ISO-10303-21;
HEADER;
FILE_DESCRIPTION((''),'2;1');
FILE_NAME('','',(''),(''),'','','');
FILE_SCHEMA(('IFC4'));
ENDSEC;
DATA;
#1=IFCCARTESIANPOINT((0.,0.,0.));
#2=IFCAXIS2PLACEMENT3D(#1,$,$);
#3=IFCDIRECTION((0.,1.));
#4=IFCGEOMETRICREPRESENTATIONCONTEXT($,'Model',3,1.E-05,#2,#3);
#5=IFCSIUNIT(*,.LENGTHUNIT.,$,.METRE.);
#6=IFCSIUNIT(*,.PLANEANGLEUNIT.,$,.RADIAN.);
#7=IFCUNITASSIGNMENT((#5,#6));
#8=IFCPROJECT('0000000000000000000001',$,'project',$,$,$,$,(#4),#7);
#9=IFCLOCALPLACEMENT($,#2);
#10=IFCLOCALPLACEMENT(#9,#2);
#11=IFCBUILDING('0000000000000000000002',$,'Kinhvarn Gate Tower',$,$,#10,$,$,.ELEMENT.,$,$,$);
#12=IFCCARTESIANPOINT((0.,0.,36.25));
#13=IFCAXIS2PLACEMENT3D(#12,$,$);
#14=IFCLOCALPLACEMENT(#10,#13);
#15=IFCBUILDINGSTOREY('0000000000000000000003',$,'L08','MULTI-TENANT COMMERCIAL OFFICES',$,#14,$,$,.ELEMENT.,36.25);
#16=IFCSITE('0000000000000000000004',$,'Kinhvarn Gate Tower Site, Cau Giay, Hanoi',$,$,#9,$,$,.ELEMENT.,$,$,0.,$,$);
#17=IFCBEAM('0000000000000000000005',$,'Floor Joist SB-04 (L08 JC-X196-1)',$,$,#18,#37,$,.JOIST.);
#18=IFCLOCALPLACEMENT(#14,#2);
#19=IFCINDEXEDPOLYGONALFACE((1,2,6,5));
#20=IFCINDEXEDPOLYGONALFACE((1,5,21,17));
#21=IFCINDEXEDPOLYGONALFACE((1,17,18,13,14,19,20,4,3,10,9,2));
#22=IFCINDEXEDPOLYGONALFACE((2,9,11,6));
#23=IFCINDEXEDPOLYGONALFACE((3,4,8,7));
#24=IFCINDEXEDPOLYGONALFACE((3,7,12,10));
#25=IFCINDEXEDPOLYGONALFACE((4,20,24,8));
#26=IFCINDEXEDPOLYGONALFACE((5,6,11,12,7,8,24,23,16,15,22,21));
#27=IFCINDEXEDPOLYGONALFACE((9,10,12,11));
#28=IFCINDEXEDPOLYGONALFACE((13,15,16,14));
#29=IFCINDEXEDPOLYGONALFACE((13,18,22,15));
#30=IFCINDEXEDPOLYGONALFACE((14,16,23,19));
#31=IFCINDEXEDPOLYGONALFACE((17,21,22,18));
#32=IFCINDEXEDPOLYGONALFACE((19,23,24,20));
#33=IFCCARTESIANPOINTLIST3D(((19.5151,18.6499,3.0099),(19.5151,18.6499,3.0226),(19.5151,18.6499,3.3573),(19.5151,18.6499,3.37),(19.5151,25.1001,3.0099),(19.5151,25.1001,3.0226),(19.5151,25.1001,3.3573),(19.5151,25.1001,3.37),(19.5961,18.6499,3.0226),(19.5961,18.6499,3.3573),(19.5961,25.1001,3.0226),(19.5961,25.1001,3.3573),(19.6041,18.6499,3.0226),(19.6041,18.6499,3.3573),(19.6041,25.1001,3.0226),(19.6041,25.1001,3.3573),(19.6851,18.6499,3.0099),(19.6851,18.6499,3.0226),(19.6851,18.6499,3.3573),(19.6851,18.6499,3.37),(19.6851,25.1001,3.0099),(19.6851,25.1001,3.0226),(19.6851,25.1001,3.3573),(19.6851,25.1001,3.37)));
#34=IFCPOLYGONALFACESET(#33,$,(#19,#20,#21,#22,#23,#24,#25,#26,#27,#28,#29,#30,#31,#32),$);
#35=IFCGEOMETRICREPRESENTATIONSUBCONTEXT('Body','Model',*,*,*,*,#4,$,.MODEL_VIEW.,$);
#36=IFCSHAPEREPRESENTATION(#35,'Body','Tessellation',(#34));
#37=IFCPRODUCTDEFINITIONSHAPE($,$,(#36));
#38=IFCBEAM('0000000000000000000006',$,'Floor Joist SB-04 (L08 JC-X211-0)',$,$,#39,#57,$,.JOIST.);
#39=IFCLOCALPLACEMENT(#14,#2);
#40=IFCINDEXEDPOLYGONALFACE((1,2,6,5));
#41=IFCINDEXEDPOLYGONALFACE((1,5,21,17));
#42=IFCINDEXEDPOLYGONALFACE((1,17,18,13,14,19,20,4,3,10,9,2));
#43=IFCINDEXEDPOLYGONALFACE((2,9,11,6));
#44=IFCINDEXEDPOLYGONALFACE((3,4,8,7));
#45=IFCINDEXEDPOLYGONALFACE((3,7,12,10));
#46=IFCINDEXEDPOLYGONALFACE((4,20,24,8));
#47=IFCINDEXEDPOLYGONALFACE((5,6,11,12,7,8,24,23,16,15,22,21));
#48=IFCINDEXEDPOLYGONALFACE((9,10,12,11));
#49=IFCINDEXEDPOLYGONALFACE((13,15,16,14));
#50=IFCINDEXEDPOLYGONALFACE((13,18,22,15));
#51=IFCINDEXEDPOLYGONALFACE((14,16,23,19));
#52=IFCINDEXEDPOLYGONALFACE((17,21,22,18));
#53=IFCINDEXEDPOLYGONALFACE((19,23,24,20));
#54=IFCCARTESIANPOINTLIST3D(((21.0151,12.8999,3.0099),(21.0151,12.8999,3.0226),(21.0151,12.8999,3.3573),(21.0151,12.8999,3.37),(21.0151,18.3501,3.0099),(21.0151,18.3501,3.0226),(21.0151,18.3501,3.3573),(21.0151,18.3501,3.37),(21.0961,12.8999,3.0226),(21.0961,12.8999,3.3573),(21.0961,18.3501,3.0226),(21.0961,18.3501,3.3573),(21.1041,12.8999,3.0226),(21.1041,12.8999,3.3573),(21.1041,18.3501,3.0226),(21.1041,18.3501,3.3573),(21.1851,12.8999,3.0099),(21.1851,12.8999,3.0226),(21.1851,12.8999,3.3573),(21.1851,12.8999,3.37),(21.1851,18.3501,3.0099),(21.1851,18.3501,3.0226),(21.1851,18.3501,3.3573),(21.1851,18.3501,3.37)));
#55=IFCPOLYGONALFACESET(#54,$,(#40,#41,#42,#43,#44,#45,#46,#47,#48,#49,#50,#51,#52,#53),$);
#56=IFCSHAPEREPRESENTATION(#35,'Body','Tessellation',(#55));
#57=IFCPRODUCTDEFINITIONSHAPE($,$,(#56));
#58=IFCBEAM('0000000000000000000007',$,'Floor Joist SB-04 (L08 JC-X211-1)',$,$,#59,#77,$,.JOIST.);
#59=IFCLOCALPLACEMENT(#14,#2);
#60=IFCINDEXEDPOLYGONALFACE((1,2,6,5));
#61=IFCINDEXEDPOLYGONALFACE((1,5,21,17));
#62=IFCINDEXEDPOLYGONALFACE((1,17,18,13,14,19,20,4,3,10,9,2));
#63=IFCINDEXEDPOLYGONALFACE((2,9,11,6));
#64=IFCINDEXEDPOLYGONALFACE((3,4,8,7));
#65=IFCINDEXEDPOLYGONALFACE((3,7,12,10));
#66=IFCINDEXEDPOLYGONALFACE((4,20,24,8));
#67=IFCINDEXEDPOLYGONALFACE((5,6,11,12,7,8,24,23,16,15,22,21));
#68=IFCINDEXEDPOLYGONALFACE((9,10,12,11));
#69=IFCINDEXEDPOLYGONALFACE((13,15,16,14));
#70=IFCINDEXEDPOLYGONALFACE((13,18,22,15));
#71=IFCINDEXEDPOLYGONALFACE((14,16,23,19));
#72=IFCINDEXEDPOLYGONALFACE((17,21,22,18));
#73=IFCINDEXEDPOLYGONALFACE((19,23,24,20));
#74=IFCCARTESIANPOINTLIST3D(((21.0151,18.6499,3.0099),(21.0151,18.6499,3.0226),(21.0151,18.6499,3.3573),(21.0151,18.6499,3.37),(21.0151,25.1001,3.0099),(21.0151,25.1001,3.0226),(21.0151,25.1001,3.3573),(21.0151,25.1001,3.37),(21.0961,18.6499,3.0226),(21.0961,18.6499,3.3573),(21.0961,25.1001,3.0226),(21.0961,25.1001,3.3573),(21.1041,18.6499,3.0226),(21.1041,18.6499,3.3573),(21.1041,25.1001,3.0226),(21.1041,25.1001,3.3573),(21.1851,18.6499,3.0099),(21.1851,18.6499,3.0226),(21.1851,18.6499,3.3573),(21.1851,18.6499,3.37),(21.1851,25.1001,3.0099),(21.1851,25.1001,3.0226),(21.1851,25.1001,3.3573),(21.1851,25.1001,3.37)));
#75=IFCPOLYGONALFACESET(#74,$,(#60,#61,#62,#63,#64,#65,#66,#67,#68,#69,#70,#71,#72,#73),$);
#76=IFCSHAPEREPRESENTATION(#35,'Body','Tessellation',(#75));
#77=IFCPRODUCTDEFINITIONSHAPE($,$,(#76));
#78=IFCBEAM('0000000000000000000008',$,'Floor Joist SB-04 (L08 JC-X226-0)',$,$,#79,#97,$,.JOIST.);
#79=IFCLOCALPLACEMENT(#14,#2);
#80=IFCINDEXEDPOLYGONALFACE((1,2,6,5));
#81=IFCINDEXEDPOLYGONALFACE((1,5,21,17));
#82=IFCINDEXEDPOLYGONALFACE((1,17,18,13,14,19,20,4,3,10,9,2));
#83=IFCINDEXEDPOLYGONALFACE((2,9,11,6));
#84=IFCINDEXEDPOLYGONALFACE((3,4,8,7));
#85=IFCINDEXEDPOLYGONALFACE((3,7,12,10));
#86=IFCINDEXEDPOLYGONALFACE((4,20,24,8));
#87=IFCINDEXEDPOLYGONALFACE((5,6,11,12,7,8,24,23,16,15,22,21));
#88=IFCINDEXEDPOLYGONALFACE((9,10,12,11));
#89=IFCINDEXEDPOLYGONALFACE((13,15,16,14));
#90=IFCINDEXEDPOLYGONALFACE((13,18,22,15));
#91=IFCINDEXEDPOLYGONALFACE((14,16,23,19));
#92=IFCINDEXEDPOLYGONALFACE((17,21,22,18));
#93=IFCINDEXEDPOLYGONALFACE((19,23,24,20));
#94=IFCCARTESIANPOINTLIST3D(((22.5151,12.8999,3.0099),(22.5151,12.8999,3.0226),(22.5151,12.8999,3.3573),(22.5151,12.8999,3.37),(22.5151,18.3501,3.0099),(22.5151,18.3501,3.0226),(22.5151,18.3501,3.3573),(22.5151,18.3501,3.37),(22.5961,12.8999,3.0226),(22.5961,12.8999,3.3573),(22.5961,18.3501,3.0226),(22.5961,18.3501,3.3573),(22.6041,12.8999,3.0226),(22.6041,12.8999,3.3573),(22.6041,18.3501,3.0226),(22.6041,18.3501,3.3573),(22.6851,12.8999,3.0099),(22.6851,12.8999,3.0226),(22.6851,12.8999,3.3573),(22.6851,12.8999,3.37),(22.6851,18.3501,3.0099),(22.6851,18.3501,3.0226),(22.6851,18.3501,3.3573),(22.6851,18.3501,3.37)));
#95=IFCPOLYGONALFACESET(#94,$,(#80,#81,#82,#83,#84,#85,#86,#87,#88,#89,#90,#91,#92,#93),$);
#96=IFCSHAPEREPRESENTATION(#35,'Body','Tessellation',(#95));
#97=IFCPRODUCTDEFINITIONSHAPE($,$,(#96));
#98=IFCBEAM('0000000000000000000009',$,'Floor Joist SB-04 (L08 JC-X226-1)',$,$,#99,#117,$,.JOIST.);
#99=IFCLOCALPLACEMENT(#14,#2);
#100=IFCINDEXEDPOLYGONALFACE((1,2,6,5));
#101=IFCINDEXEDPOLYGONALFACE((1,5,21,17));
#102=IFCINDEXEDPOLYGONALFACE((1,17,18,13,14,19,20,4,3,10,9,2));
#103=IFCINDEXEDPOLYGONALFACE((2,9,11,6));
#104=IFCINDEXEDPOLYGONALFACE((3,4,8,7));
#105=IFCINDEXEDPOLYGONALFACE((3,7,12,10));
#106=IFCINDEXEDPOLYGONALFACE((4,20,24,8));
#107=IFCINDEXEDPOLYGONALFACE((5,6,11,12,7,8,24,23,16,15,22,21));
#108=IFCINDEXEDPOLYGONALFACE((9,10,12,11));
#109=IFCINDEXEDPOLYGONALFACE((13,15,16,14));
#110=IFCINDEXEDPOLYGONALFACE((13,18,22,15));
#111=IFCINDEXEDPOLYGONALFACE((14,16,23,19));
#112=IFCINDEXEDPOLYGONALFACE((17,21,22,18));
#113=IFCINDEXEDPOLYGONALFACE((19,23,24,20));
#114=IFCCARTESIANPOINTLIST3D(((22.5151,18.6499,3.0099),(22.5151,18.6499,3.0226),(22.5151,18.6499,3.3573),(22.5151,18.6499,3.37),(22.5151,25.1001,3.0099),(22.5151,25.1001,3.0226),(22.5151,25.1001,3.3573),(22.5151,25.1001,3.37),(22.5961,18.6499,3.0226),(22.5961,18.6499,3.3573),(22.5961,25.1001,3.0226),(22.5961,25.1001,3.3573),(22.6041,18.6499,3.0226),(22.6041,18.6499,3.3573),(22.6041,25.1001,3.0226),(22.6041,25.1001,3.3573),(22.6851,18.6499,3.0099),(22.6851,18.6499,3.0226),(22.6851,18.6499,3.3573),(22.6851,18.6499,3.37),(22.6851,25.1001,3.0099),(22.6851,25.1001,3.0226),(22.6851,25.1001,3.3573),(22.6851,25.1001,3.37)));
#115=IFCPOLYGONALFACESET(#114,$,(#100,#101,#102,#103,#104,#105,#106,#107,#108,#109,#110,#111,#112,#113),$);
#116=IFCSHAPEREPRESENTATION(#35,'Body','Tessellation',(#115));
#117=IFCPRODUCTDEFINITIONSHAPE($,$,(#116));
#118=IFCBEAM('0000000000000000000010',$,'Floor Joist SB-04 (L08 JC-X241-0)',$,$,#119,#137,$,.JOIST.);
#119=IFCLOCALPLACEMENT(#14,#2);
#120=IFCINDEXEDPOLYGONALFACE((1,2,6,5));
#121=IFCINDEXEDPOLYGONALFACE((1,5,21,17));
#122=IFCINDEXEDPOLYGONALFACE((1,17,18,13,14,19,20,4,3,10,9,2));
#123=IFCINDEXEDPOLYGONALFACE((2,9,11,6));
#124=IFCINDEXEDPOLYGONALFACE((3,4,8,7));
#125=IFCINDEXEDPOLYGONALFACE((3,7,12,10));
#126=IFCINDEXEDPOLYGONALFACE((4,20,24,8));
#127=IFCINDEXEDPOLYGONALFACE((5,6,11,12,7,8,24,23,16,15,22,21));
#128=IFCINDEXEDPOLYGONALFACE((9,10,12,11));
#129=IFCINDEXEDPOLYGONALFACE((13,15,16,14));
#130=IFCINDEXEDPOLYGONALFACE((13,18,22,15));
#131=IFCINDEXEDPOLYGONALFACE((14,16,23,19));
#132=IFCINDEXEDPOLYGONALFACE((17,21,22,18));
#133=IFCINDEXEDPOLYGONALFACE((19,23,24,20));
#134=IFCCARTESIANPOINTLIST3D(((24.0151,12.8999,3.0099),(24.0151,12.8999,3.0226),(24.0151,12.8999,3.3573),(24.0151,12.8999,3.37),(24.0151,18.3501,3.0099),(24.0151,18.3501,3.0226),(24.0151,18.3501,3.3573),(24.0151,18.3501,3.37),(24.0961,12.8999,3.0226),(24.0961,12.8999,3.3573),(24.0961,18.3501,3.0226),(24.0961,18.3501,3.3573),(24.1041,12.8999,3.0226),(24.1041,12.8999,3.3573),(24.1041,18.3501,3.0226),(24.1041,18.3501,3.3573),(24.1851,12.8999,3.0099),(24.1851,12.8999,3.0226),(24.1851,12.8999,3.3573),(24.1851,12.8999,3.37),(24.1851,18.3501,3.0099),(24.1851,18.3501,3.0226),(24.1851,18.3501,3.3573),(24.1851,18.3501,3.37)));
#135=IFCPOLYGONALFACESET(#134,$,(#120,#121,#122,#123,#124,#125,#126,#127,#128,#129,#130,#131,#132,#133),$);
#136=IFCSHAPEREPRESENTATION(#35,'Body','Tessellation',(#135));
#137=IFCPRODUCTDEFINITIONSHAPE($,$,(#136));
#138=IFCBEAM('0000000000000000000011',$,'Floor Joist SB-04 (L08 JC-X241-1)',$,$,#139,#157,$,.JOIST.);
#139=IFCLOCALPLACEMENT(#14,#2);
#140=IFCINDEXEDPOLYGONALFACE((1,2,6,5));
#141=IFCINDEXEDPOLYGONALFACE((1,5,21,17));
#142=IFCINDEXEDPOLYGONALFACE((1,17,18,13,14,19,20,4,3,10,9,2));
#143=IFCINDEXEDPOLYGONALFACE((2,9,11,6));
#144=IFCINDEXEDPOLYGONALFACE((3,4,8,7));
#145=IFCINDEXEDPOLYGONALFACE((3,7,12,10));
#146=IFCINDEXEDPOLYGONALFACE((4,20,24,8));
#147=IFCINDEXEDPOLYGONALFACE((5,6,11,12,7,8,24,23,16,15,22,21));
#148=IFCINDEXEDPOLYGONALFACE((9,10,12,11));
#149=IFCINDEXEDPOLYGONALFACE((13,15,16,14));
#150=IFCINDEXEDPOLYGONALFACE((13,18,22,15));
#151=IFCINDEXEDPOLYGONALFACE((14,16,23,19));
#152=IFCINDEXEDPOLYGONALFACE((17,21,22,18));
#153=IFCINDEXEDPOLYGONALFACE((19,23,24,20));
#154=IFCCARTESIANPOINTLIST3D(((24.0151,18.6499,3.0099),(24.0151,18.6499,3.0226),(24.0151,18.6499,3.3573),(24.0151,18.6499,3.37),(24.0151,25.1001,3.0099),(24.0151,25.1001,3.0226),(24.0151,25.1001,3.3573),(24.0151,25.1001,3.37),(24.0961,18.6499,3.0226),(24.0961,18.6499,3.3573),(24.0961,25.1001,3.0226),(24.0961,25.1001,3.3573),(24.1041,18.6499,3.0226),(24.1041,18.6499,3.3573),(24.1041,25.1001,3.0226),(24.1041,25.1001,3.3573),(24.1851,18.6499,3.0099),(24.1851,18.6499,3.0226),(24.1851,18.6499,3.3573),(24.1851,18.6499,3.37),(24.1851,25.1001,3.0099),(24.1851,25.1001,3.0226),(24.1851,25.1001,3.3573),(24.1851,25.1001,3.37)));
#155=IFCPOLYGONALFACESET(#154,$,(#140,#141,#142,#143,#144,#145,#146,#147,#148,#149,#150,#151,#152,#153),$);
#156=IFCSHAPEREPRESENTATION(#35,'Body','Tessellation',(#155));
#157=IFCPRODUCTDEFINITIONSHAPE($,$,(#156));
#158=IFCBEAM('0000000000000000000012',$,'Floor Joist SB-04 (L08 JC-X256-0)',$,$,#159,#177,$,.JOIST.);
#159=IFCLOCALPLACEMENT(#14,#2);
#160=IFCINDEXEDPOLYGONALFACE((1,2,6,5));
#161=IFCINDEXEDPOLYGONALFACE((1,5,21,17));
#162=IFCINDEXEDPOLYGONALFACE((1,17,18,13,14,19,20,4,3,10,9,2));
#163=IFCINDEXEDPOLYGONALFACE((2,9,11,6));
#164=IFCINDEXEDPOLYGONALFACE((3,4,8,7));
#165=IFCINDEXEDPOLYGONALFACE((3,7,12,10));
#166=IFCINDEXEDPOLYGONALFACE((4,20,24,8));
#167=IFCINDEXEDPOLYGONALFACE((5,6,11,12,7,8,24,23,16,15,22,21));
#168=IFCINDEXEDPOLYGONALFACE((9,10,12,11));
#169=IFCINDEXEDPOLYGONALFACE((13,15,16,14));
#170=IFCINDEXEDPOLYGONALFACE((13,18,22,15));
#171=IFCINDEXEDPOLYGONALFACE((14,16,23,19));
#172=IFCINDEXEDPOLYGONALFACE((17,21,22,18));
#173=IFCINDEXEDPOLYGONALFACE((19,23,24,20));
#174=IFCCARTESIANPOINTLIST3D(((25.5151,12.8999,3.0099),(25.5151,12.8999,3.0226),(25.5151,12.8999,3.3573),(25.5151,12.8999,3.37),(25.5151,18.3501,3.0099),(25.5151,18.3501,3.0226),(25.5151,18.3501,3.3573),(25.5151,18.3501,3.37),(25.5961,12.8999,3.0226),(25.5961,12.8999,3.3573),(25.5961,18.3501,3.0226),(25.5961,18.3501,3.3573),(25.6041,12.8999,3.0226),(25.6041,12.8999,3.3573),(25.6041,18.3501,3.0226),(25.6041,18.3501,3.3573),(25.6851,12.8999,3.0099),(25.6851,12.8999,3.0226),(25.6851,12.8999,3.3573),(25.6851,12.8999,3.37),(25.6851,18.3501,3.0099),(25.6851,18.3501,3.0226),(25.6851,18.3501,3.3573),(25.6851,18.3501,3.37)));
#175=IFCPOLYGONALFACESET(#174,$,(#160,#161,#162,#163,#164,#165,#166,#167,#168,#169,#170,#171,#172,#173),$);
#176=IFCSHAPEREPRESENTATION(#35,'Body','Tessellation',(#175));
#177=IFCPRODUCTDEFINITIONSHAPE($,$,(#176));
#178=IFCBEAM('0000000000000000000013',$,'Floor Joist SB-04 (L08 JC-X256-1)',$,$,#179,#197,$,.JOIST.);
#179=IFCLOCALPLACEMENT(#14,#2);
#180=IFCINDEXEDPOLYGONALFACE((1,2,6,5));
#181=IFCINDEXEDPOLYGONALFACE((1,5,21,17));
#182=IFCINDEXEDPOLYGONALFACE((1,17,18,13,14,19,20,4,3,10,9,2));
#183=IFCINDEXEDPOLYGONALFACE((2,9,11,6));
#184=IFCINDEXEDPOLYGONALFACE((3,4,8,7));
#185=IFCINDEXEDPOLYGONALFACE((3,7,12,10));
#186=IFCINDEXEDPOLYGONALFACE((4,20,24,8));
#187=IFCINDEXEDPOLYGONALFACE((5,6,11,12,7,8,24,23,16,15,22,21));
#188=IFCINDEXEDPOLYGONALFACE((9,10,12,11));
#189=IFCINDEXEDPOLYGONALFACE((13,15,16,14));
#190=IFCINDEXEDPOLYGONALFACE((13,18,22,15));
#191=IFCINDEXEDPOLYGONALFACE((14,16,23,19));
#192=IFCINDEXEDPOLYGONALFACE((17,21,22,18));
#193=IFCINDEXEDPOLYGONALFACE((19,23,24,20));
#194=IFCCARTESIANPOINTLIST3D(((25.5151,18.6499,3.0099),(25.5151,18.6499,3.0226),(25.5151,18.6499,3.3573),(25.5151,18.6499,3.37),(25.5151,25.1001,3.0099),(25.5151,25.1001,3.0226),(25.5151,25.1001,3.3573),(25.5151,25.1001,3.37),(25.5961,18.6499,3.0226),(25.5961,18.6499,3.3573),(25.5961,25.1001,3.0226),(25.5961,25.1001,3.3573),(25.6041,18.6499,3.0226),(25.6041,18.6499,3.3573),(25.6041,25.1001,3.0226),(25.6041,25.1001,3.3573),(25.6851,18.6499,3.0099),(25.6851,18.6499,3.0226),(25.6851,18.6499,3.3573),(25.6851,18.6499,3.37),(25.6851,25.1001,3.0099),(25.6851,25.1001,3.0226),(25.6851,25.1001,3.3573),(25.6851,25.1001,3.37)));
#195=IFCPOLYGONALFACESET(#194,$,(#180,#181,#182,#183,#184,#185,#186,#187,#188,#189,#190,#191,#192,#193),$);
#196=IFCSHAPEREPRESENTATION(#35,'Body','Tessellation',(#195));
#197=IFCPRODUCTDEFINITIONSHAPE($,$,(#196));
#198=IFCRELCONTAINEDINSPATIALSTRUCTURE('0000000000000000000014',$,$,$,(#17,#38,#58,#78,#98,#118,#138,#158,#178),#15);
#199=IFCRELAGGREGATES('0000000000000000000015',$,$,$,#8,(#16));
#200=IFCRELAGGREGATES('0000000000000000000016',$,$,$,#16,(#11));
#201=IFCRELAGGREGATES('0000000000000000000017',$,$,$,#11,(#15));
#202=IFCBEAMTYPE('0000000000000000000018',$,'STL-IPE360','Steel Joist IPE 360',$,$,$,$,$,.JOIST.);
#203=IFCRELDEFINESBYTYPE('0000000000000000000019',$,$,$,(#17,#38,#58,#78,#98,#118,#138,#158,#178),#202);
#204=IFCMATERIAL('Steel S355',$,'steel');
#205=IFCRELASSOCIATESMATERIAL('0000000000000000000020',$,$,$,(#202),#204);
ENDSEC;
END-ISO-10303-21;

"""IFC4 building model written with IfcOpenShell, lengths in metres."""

from ifc_helpers import new_model, si_unit, direction, frame, origin, origin_2d, place, context, subcontext, project, spatial, i_section, extrude, material, material_profile, profile_set, type_object, element, save


model = new_model("IFC4")

# Units and contexts
model_context = context("Model", 3, precision=1e-05, world=origin(), true_north=direction((0.0, 1.0)))
body_context = subcontext(model_context, "Body", "Model", "MODEL_VIEW")
ifc_project = project(units=[si_unit("LENGTHUNIT", "METRE"), si_unit("PLANEANGLEUNIT", "RADIAN")], contexts=[model_context])

# Site, building, storey
site_placement = place(None, origin())
site = spatial("IfcSite", under=ifc_project, at=site_placement, Name="Kinhvarn Gate Tower Site, Cau Giay, Hanoi", CompositionType="ELEMENT", RefElevation=0.0)
building_placement = place(site_placement, origin())
building = spatial("IfcBuilding", under=site, at=building_placement, Name="Kinhvarn Gate Tower", CompositionType="ELEMENT")
storey_placement = place(building_placement, frame((0.0, 0.0, 36.25)))
storey = spatial("IfcBuildingStorey", under=building, at=storey_placement, Name="L08", Description="MULTI-TENANT COMMERCIAL OFFICES", CompositionType="ELEMENT", Elevation=36.25)

# Beams
ifc_material_1 = material(Name="Steel S355", Category="steel")
ifc_material_profile = material_profile(ifc_material_1, i_section(OverallWidth=0.1699, OverallDepth=0.3601, WebThickness=0.0081, FlangeThickness=0.0127, at=origin_2d()), Name="IPE 360")
ifc_profile_set = profile_set([ifc_material_profile], Name="Steel S355")
beam_type = type_object("IfcBeamType", Name="STL-IPE360", Description="Steel Joist IPE 360", PredefinedType="JOIST", material=ifc_profile_set)
beam_1_placement = place(storey_placement, frame((19.6001, 18.6499, 3.1899), z_axis=(0.0, 1.0, 0.0), x_axis=(-1.0, 0.0, 0.0)))
element("IfcBeam", 1, at=beam_1_placement, inside=storey, type_object=beam_type, Name="Floor Joist SB-04 (L08 JC-X196-1)", PredefinedType="JOIST", context=body_context, shape_type="SweptSolid", body=[
    extrude(i_section(OverallWidth=0.1699, OverallDepth=0.3601, WebThickness=0.0081, FlangeThickness=0.0127, at=origin_2d()), origin(), (0.0, 0.0, 1.0), 6.4502),
])
beam_2_placement = place(storey_placement, frame((21.1001, 12.8999, 3.1899), z_axis=(0.0, 1.0, 0.0), x_axis=(-1.0, 0.0, 0.0)))
element("IfcBeam", 2, at=beam_2_placement, inside=storey, type_object=beam_type, Name="Floor Joist SB-04 (L08 JC-X211-0)", PredefinedType="JOIST", context=body_context, shape_type="SweptSolid", body=[
    extrude(i_section(OverallWidth=0.1699, OverallDepth=0.3601, WebThickness=0.0081, FlangeThickness=0.0127, at=origin_2d()), origin(), (0.0, 0.0, 1.0), 5.4502),
])
beam_3_placement = place(storey_placement, frame((21.1001, 18.6499, 3.1899), z_axis=(0.0, 1.0, 0.0), x_axis=(-1.0, 0.0, 0.0)))
element("IfcBeam", 3, at=beam_3_placement, inside=storey, type_object=beam_type, Name="Floor Joist SB-04 (L08 JC-X211-1)", PredefinedType="JOIST", context=body_context, shape_type="SweptSolid", body=[
    extrude(i_section(OverallWidth=0.1699, OverallDepth=0.3601, WebThickness=0.0081, FlangeThickness=0.0127, at=origin_2d()), origin(), (0.0, 0.0, 1.0), 6.4502),
])
beam_4_placement = place(storey_placement, frame((22.6001, 12.8999, 3.1899), z_axis=(0.0, 1.0, 0.0), x_axis=(-1.0, 0.0, 0.0)))
element("IfcBeam", 4, at=beam_4_placement, inside=storey, type_object=beam_type, Name="Floor Joist SB-04 (L08 JC-X226-0)", PredefinedType="JOIST", context=body_context, shape_type="SweptSolid", body=[
    extrude(i_section(OverallWidth=0.1699, OverallDepth=0.3601, WebThickness=0.0081, FlangeThickness=0.0127, at=origin_2d()), origin(), (0.0, 0.0, 1.0), 5.4502),
])
beam_5_placement = place(storey_placement, frame((22.6001, 18.6499, 3.1899), z_axis=(0.0, 1.0, 0.0), x_axis=(-1.0, 0.0, 0.0)))
element("IfcBeam", 5, at=beam_5_placement, inside=storey, type_object=beam_type, Name="Floor Joist SB-04 (L08 JC-X226-1)", PredefinedType="JOIST", context=body_context, shape_type="SweptSolid", body=[
    extrude(i_section(OverallWidth=0.1699, OverallDepth=0.3601, WebThickness=0.0081, FlangeThickness=0.0127, at=origin_2d()), origin(), (0.0, 0.0, 1.0), 6.4502),
])
beam_6_placement = place(storey_placement, frame((24.1001, 12.8999, 3.1899), z_axis=(0.0, 1.0, 0.0), x_axis=(-1.0, 0.0, 0.0)))
element("IfcBeam", 6, at=beam_6_placement, inside=storey, type_object=beam_type, Name="Floor Joist SB-04 (L08 JC-X241-0)", PredefinedType="JOIST", context=body_context, shape_type="SweptSolid", body=[
    extrude(i_section(OverallWidth=0.1699, OverallDepth=0.3601, WebThickness=0.0081, FlangeThickness=0.0127, at=origin_2d()), origin(), (0.0, 0.0, 1.0), 5.4502),
])
beam_7_placement = place(storey_placement, frame((24.1001, 18.6499, 3.1899), z_axis=(0.0, 1.0, 0.0), x_axis=(-1.0, 0.0, 0.0)))
element("IfcBeam", 7, at=beam_7_placement, inside=storey, type_object=beam_type, Name="Floor Joist SB-04 (L08 JC-X241-1)", PredefinedType="JOIST", context=body_context, shape_type="SweptSolid", body=[
    extrude(i_section(OverallWidth=0.1699, OverallDepth=0.3601, WebThickness=0.0081, FlangeThickness=0.0127, at=origin_2d()), origin(), (0.0, 0.0, 1.0), 6.4502),
])
beam_8_placement = place(storey_placement, frame((25.6001, 12.8999, 3.1899), z_axis=(0.0, 1.0, 0.0), x_axis=(-1.0, 0.0, 0.0)))
element("IfcBeam", 8, at=beam_8_placement, inside=storey, type_object=beam_type, Name="Floor Joist SB-04 (L08 JC-X256-0)", PredefinedType="JOIST", context=body_context, shape_type="SweptSolid", body=[
    extrude(i_section(OverallWidth=0.1699, OverallDepth=0.3601, WebThickness=0.0081, FlangeThickness=0.0127, at=origin_2d()), origin(), (0.0, 0.0, 1.0), 5.4502),
])
beam_9_placement = place(storey_placement, frame((25.6001, 18.6499, 3.1899), z_axis=(0.0, 1.0, 0.0), x_axis=(-1.0, 0.0, 0.0)))
element("IfcBeam", 9, at=beam_9_placement, inside=storey, type_object=beam_type, Name="Floor Joist SB-04 (L08 JC-X256-1)", PredefinedType="JOIST", context=body_context, shape_type="SweptSolid", body=[
    extrude(i_section(OverallWidth=0.1699, OverallDepth=0.3601, WebThickness=0.0081, FlangeThickness=0.0127, at=origin_2d()), origin(), (0.0, 0.0, 1.0), 6.4502),
])

save(model, "model.ifc")
